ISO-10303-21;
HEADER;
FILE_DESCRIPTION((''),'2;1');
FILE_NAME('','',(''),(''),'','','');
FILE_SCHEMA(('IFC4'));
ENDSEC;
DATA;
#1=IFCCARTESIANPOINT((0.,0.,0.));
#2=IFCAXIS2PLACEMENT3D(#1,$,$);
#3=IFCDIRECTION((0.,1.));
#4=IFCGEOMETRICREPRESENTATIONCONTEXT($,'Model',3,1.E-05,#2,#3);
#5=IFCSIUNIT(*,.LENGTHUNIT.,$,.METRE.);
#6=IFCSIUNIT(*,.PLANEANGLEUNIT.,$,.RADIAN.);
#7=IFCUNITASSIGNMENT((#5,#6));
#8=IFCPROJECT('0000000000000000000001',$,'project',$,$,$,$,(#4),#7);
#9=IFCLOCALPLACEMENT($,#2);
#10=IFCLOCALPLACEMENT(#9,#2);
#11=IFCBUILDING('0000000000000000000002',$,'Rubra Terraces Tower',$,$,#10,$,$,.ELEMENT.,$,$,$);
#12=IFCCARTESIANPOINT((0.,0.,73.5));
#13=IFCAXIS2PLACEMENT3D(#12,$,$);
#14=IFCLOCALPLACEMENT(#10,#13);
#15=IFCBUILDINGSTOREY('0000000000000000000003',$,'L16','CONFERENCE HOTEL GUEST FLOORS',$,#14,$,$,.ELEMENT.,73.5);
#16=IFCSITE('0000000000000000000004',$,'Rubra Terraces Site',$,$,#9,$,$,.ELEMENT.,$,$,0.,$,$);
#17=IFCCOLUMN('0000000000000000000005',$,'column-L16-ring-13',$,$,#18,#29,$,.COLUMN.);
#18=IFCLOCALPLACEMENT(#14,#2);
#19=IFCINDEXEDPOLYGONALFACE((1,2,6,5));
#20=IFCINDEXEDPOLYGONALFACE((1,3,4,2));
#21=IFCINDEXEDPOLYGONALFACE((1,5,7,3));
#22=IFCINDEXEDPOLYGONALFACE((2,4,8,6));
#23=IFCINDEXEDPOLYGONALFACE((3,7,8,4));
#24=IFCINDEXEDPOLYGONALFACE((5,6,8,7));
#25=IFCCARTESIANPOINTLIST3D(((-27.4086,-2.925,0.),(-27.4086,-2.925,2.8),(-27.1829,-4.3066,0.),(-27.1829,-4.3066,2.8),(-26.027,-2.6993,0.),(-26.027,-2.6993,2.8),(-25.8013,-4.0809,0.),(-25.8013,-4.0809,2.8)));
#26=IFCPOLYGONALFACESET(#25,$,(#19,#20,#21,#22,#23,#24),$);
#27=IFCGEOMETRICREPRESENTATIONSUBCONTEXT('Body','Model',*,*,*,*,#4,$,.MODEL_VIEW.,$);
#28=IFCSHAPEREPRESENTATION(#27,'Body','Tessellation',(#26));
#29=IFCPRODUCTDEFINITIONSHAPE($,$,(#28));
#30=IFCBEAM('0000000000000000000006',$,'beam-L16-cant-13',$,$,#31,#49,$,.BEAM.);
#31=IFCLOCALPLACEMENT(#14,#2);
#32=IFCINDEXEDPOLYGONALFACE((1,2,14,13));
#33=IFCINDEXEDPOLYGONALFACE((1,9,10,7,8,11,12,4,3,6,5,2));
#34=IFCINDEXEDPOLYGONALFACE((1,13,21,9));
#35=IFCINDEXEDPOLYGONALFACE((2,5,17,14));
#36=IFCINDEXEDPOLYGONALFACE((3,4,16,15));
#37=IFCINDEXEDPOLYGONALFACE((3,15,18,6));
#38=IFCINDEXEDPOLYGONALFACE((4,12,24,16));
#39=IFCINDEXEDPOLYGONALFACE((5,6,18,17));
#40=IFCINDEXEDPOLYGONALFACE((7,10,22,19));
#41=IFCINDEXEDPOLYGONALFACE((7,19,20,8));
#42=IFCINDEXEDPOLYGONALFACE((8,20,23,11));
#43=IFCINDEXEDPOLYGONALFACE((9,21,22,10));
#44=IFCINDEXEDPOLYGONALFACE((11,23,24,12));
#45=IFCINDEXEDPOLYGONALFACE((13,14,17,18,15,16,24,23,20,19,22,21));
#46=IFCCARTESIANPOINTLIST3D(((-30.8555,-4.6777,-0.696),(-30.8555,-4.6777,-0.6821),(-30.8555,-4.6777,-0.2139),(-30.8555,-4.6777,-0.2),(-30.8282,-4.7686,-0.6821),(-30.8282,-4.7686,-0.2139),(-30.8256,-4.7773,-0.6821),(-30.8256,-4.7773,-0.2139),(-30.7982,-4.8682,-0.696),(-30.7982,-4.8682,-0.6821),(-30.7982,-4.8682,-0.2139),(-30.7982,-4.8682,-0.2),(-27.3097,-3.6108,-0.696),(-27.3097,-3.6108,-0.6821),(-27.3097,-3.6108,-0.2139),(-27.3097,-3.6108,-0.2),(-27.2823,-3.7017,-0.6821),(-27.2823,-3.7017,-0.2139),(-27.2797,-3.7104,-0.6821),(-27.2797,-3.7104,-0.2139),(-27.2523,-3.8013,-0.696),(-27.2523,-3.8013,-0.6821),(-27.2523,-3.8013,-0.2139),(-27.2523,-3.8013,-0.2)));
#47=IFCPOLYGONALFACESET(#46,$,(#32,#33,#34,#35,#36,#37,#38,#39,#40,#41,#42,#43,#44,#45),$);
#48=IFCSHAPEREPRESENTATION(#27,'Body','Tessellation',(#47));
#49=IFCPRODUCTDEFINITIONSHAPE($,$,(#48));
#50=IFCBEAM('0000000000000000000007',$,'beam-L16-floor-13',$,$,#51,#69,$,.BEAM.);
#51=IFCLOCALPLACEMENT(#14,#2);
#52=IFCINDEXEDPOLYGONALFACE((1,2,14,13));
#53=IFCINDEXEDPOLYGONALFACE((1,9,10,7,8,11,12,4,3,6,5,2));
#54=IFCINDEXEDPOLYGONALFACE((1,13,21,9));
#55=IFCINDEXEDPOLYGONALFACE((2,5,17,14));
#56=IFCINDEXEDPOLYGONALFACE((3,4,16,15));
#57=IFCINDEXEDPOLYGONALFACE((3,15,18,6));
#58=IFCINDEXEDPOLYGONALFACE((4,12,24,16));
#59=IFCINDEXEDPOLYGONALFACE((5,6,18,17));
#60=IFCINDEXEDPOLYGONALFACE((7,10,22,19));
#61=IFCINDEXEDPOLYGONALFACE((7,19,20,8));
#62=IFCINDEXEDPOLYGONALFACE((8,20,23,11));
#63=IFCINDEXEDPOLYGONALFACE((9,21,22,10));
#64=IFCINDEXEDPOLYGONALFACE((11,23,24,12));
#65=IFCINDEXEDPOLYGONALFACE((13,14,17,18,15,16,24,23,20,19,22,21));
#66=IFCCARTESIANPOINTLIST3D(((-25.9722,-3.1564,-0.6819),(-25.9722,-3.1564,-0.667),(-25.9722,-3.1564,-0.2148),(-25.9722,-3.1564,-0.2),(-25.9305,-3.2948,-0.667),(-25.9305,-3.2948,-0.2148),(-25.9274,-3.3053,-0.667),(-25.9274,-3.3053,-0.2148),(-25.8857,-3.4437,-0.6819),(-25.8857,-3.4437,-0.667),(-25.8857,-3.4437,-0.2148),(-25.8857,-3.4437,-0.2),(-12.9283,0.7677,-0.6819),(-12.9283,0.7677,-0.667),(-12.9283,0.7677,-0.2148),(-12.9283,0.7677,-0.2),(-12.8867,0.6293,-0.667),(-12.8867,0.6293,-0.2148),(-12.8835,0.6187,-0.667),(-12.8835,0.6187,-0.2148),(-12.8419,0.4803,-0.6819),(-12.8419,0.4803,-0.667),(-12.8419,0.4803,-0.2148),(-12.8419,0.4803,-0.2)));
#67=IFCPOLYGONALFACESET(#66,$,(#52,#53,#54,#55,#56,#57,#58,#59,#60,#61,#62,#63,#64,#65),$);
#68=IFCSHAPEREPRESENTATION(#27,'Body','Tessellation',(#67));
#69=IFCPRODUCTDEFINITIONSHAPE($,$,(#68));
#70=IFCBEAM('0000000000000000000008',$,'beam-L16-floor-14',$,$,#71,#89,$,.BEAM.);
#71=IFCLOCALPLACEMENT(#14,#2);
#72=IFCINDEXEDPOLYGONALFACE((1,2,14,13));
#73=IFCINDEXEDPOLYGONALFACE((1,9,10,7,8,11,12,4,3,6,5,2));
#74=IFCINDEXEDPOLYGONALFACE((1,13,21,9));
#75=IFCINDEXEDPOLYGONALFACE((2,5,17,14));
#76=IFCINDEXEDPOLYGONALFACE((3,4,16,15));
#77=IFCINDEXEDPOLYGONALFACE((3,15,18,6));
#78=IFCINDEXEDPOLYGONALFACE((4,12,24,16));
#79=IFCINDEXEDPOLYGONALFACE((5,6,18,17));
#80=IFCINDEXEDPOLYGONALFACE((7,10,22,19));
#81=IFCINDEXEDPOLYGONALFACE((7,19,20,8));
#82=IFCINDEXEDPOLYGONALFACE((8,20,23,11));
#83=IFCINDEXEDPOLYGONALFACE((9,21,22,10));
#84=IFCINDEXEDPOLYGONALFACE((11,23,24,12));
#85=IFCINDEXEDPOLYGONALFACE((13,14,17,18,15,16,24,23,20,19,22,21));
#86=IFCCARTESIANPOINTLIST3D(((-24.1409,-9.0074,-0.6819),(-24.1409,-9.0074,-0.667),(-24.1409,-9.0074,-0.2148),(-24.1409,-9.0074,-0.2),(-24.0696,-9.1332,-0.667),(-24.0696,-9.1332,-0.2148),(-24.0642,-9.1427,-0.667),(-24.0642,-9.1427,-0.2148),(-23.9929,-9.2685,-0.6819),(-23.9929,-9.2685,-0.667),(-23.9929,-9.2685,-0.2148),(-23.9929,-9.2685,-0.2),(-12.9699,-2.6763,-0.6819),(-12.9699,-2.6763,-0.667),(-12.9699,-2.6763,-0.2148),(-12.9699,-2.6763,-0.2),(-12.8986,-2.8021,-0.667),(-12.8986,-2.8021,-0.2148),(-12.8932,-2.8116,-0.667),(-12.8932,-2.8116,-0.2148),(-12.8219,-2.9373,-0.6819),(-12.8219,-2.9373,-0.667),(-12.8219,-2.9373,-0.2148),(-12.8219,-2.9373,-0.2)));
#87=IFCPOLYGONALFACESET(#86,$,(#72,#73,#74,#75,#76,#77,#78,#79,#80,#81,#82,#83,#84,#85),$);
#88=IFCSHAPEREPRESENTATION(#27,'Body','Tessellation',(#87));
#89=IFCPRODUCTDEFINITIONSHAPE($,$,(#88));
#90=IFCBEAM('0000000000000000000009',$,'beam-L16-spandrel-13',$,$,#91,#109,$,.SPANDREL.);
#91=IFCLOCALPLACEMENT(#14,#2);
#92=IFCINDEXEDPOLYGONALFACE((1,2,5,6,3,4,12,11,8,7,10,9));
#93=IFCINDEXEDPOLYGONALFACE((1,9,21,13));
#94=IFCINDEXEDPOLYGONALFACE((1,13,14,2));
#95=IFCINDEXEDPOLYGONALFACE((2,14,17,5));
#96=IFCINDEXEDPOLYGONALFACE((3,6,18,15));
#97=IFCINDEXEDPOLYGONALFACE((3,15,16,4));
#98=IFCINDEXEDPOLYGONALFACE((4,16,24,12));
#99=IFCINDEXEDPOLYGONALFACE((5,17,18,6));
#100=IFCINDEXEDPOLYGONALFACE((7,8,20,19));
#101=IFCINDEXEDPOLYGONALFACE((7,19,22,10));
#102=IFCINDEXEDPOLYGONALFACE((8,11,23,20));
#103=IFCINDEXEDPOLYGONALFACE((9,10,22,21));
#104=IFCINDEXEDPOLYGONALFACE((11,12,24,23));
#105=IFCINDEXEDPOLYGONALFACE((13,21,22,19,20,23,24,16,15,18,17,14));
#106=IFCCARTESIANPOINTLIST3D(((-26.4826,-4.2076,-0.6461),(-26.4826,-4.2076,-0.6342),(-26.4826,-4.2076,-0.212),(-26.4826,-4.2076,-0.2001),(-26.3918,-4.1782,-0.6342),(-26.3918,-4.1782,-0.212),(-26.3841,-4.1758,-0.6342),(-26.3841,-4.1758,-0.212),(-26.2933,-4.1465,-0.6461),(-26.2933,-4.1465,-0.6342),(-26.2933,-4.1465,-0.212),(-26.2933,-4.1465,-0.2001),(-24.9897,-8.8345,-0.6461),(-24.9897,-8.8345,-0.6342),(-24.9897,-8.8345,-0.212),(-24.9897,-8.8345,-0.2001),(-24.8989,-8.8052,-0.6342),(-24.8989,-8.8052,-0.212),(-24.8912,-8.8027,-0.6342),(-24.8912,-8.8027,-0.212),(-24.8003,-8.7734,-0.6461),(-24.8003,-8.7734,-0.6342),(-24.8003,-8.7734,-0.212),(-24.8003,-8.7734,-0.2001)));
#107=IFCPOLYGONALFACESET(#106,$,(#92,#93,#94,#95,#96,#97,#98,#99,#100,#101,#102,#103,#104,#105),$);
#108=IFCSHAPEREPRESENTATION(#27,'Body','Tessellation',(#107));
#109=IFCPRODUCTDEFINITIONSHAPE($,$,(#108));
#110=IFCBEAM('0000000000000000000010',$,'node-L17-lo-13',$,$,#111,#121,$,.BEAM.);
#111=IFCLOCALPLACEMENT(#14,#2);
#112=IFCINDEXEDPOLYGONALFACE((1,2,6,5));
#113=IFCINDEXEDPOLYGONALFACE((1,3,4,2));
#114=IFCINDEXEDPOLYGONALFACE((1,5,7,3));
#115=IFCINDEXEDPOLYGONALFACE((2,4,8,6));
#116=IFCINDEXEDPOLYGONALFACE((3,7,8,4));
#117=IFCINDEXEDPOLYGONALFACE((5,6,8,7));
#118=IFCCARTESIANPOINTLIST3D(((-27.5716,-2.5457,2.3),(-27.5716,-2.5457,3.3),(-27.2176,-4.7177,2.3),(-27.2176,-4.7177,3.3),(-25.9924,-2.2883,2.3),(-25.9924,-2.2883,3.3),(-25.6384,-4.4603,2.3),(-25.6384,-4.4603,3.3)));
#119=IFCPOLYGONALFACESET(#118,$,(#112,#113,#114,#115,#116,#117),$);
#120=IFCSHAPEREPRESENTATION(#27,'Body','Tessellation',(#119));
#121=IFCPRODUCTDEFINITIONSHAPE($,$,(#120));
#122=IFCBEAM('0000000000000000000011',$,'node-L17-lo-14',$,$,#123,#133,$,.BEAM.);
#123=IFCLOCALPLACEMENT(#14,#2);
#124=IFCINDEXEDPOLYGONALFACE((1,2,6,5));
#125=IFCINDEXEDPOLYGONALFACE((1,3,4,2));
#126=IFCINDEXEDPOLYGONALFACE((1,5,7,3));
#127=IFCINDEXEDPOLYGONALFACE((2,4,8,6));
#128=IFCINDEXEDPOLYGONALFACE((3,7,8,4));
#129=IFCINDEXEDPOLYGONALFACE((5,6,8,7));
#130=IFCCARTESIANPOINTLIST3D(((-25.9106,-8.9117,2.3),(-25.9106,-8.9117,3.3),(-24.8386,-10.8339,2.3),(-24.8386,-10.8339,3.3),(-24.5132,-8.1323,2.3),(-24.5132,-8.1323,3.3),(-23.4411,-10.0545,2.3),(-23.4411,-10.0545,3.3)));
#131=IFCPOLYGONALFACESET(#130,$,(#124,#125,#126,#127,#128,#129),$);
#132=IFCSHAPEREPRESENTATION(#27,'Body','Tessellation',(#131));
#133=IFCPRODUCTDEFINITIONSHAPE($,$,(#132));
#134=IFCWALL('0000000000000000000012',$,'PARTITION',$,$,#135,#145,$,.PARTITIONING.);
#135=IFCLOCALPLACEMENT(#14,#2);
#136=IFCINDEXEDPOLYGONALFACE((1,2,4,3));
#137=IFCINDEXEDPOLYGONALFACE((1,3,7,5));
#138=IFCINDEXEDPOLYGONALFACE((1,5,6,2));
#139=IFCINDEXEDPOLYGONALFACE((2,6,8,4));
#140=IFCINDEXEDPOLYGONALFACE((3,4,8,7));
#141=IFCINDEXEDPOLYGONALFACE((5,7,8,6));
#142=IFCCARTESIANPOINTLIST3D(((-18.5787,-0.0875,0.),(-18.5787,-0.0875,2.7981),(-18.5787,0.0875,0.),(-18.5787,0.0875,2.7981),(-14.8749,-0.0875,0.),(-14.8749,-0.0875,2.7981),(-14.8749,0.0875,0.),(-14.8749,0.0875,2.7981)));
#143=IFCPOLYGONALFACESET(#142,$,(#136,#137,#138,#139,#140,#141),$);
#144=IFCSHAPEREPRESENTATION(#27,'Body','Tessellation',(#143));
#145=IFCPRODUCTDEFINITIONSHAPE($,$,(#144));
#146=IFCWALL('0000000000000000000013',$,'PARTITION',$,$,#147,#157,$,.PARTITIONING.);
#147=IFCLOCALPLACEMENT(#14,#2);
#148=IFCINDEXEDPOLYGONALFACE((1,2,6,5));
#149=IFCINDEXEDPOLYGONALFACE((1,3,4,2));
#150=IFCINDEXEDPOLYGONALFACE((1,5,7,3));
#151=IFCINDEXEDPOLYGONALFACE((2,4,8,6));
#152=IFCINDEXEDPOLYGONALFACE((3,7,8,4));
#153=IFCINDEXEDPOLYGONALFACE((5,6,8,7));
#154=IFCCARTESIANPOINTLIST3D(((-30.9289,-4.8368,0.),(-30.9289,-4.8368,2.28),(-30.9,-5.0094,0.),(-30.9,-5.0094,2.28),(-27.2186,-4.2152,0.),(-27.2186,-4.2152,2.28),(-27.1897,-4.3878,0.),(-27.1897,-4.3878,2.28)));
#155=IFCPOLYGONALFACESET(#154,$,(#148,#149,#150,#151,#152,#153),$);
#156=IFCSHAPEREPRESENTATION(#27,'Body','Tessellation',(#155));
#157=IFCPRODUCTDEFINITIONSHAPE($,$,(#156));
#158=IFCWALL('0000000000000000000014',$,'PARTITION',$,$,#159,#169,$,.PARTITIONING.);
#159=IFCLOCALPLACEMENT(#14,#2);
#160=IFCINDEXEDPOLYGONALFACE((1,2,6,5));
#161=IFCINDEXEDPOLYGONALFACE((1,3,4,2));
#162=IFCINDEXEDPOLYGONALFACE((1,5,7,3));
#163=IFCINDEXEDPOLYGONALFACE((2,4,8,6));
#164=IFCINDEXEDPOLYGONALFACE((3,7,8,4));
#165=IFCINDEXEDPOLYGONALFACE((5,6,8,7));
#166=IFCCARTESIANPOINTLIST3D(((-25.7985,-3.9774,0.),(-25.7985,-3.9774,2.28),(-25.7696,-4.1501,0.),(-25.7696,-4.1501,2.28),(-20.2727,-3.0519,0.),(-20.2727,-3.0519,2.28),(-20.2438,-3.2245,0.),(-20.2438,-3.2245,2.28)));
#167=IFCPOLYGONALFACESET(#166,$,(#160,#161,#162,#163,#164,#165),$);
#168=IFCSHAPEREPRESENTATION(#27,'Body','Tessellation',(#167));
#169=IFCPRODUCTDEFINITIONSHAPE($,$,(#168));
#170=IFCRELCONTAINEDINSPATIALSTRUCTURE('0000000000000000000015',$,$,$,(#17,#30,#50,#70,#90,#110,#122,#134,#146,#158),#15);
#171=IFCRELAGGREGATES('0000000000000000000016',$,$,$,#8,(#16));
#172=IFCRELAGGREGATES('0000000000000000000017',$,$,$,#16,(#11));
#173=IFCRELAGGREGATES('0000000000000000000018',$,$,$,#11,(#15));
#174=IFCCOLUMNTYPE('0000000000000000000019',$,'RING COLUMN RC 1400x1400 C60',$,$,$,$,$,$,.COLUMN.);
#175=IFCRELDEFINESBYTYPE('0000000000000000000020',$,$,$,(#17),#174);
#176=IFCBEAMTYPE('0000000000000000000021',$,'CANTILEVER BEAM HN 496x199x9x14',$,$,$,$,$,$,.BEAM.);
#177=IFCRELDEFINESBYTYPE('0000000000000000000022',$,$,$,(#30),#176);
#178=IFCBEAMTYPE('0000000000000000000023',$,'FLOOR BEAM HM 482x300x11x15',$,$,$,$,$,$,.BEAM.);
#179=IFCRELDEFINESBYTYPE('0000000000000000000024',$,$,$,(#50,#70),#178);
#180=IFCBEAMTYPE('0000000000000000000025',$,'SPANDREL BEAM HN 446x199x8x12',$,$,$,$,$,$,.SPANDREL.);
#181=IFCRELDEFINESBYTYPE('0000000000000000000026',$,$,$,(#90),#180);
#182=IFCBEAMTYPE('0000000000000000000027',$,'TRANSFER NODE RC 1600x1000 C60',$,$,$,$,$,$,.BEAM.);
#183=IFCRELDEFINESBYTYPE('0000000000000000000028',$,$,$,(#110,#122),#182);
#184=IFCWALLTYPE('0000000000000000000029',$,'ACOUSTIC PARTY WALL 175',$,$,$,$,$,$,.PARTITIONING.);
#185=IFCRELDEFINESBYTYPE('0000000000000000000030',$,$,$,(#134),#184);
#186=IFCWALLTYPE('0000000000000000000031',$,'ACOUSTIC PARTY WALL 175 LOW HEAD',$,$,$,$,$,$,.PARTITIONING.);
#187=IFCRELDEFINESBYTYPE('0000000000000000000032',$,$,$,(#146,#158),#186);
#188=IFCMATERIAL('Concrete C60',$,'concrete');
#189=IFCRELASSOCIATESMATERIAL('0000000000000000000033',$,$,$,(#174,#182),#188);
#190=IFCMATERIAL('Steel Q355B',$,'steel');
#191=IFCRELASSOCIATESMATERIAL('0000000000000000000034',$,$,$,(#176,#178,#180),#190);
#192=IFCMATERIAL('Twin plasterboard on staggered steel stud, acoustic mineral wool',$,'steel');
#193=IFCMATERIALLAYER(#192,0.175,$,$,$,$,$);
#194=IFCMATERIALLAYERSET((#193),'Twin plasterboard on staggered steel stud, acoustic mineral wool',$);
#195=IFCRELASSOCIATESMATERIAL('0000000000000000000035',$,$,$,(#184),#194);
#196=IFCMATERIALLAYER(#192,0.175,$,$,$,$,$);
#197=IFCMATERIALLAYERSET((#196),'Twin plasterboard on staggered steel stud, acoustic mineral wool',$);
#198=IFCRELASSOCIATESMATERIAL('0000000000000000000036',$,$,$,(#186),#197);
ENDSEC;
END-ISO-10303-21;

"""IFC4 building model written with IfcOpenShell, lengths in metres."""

from ifc_helpers import new_model, si_unit, direction, frame, frame_2d, origin, origin_2d, place, context, subcontext, project, spatial, rectangle, i_section, extrude, material, layer, layer_set, material_profile, profile_set, type_object, element, save


model = new_model("IFC4")

# Units and contexts
model_context = context("Model", 3, precision=1e-05, world=origin(), true_north=direction((0.0, 1.0)))
body_context = subcontext(model_context, "Body", "Model", "MODEL_VIEW")
ifc_project = project(units=[si_unit("LENGTHUNIT", "METRE"), si_unit("PLANEANGLEUNIT", "RADIAN")], contexts=[model_context])

# Site, building, storey
site_placement = place(None, origin())
site = spatial("IfcSite", under=ifc_project, at=site_placement, Name="Rubra Terraces Site", CompositionType="ELEMENT", RefElevation=0.0)
building_placement = place(site_placement, origin())
building = spatial("IfcBuilding", under=site, at=building_placement, Name="Rubra Terraces Tower", CompositionType="ELEMENT")
storey_placement = place(building_placement, frame((0.0, 0.0, 73.5)))
storey = spatial("IfcBuildingStorey", under=building, at=storey_placement, Name="L16", Description="CONFERENCE HOTEL GUEST FLOORS", CompositionType="ELEMENT", Elevation=73.5)

# Column
ifc_material_1 = material(Name="Concrete C60", Category="concrete")
ifc_material_profile_1 = material_profile(ifc_material_1, rectangle(XDim=1.3999, YDim=1.3999, at=origin_2d()), Name="RC 1400x1400")
ifc_profile_set_1 = profile_set([ifc_material_profile_1], Name="Concrete C60")
column_type = type_object("IfcColumnType", Name="RING COLUMN RC 1400x1400 C60", PredefinedType="COLUMN", material=ifc_profile_set_1)
column_placement = place(storey_placement, frame((-26.605, -3.5029, 0.0), z_axis=(0.0, 0.0, 1.0), x_axis=(0.161234, -0.986916, 0.0)))
element("IfcColumn", 1, at=column_placement, inside=storey, type_object=column_type, Name="column-L16-ring-13", PredefinedType="COLUMN", context=body_context, shape_type="SweptSolid", body=[
    extrude(rectangle(XDim=1.3999, YDim=1.3999, at=origin_2d()), origin(), (0.0, 0.0, 1.0), 2.8),
])

# Beams
ifc_material_2 = material(Name="Steel Q355B", Category="steel")
ifc_material_profile_2 = material_profile(ifc_material_2, i_section(OverallWidth=0.199, OverallDepth=0.4961, WebThickness=0.009, FlangeThickness=0.0139, at=origin_2d()), Name="HN 496x199x9x14")
ifc_profile_set_2 = profile_set([ifc_material_profile_2], Name="Steel Q355B")
beam_type_1 = type_object("IfcBeamType", Name="CANTILEVER BEAM HN 496x199x9x14", PredefinedType="BEAM", material=ifc_profile_set_2)
beam_1_placement = place(storey_placement, frame((-27.281, -3.7061, -0.448), z_axis=(-0.957594, -0.288122, 0.0), x_axis=(0.288122, -0.957594, 0.0)))
element("IfcBeam", 2, at=beam_1_placement, inside=storey, type_object=beam_type_1, Name="beam-L16-cant-13", PredefinedType="BEAM", context=body_context, shape_type="SweptSolid", body=[
    extrude(i_section(OverallWidth=0.199, OverallDepth=0.4961, WebThickness=0.009, FlangeThickness=0.0139, at=origin_2d()), origin(), (0.0, 0.0, 1.0), 3.7029),
])
ifc_material_profile_3 = material_profile(ifc_material_2, i_section(OverallWidth=0.3, OverallDepth=0.4819, WebThickness=0.011, FlangeThickness=0.0149, at=origin_2d()), Name="HM 482x300x11x15")
ifc_profile_set_3 = profile_set([ifc_material_profile_3], Name="Steel Q355B")
beam_type_2 = type_object("IfcBeamType", Name="FLOOR BEAM HM 482x300x11x15", PredefinedType="BEAM", material=ifc_profile_set_3)
beam_2_placement = place(storey_placement, frame((-25.929, -3.3, -0.4409), z_axis=(0.957606, 0.288081, 0.0), x_axis=(-0.288081, 0.957606, 0.0)))
element("IfcBeam", 3, at=beam_2_placement, inside=storey, type_object=beam_type_2, Name="beam-L16-floor-13", PredefinedType="BEAM", context=body_context, shape_type="SweptSolid", body=[
    extrude(i_section(OverallWidth=0.3, OverallDepth=0.4819, WebThickness=0.011, FlangeThickness=0.0149, at=origin_2d()), origin(), (0.0, 0.0, 1.0), 13.6213),
])
beam_3_placement = place(storey_placement, frame((-24.0669, -9.1379, -0.4409), z_axis=(0.869993, 0.493064, 0.0), x_axis=(-0.493064, 0.869993, 0.0)))
element("IfcBeam", 4, at=beam_3_placement, inside=storey, type_object=beam_type_2, Name="beam-L16-floor-14", PredefinedType="BEAM", context=body_context, shape_type="SweptSolid", body=[
    extrude(i_section(OverallWidth=0.3, OverallDepth=0.4819, WebThickness=0.011, FlangeThickness=0.0149, at=origin_2d()), origin(), (0.0, 0.0, 1.0), 12.8403),
])
ifc_material_profile_4 = material_profile(ifc_material_2, i_section(OverallWidth=0.199, OverallDepth=0.446, WebThickness=0.0081, FlangeThickness=0.012, at=origin_2d()), Name="HN 446x199x8x12")
ifc_profile_set_4 = profile_set([ifc_material_profile_4], Name="Steel Q355B")
beam_type_3 = type_object("IfcBeamType", Name="SPANDREL BEAM HN 446x199x8x12", PredefinedType="SPANDREL", material=ifc_profile_set_4)
beam_4_placement = place(storey_placement, frame((-26.3879, -4.177, -0.4231), z_axis=(0.307069, -0.951687, 0.0), x_axis=(0.951687, 0.307069, 0.0)))
element("IfcBeam", 5, at=beam_4_placement, inside=storey, type_object=beam_type_3, Name="beam-L16-spandrel-13", PredefinedType="SPANDREL", context=body_context, shape_type="SweptSolid", body=[
    extrude(i_section(OverallWidth=0.199, OverallDepth=0.446, WebThickness=0.0081, FlangeThickness=0.012, at=origin_2d()), origin(), (0.0, 0.0, 1.0), 4.8618),
])
ifc_material_profile_5 = material_profile(ifc_material_1, rectangle(XDim=1.6001, YDim=1.0, at=origin_2d()), Name="RC 1600x1000")
ifc_profile_set_5 = profile_set([ifc_material_profile_5], Name="Concrete C60")
beam_type_4 = type_object("IfcBeamType", Name="TRANSFER NODE RC 1600x1000 C60", PredefinedType="BEAM", material=ifc_profile_set_5)
beam_5_placement = place(storey_placement, frame((-26.782, -2.417, 2.8), z_axis=(0.160854, -0.986978, 0.0), x_axis=(0.986978, 0.160854, 0.0)))
element("IfcBeam", 6, at=beam_5_placement, inside=storey, type_object=beam_type_4, Name="node-L17-lo-13", PredefinedType="BEAM", context=body_context, shape_type="SweptSolid", body=[
    extrude(rectangle(XDim=1.6001, YDim=1.0, at=origin_2d()), origin(), (0.0, 0.0, 1.0), 2.2007),
])
beam_6_placement = place(storey_placement, frame((-25.2119, -8.522, 2.8), z_axis=(0.487093, -0.87335, 0.0), x_axis=(0.87335, 0.487093, 0.0)))
element("IfcBeam", 7, at=beam_6_placement, inside=storey, type_object=beam_type_4, Name="node-L17-lo-14", PredefinedType="BEAM", context=body_context, shape_type="SweptSolid", body=[
    extrude(rectangle(XDim=1.6001, YDim=1.0, at=origin_2d()), origin(), (0.0, 0.0, 1.0), 2.2009),
])

# Walls
ifc_material_3 = material(Name="Twin plasterboard on staggered steel stud, acoustic mineral wool", Category="steel")
ifc_layer_1 = layer(ifc_material_3, 0.175)
ifc_layer_set_1 = layer_set([ifc_layer_1], Name="Twin plasterboard on staggered steel stud, acoustic mineral wool")
wall_type_1 = type_object("IfcWallType", Name="ACOUSTIC PARTY WALL 175", PredefinedType="PARTITIONING", material=ifc_layer_set_1)
wall_1_placement = place(storey_placement, frame((-18.5789, 0.0, 0.0), z_axis=(0.0, 0.0, 1.0), x_axis=(1.0, 0.0, 0.0)))
element("IfcWall", 8, at=wall_1_placement, inside=storey, type_object=wall_type_1, Name="PARTITION", PredefinedType="PARTITIONING", context=body_context, shape_type="SweptSolid", body=[
    extrude(rectangle(XDim=3.7039, YDim=0.175, at=frame_2d((1.8521, 0.0))), origin(), (0.0, 0.0, 1.0), 2.7981),
])
ifc_layer_2 = layer(ifc_material_3, 0.175)
ifc_layer_set_2 = layer_set([ifc_layer_2], Name="Twin plasterboard on staggered steel stud, acoustic mineral wool")
wall_type_2 = type_object("IfcWallType", Name="ACOUSTIC PARTY WALL 175 LOW HEAD", PredefinedType="PARTITIONING", material=ifc_layer_set_2)
wall_2_placement = place(storey_placement, frame((-30.9143, -4.9231, 0.0), z_axis=(0.0, 0.0, 1.0), x_axis=(0.986255, 0.16523, 0.0)))
element("IfcWall", 9, at=wall_2_placement, inside=storey, type_object=wall_type_2, Name="PARTITION", PredefinedType="PARTITIONING", context=body_context, shape_type="SweptSolid", body=[
    extrude(rectangle(XDim=3.762, YDim=0.175, at=frame_2d((1.8809, 0.0))), origin(), (0.0, 0.0, 1.0), 2.28),
])
wall_3_placement = place(storey_placement, frame((-25.7839, -4.0637, 0.0), z_axis=(0.0, 0.0, 1.0), x_axis=(0.986262, 0.16519, 0.0)))
element("IfcWall", 10, at=wall_3_placement, inside=storey, type_object=wall_type_2, Name="PARTITION", PredefinedType="PARTITIONING", context=body_context, shape_type="SweptSolid", body=[
    extrude(rectangle(XDim=5.6028, YDim=0.175, at=frame_2d((2.8013, 0.0))), origin(), (0.0, 0.0, 1.0), 2.28),
])

save(model, "model.ifc")
